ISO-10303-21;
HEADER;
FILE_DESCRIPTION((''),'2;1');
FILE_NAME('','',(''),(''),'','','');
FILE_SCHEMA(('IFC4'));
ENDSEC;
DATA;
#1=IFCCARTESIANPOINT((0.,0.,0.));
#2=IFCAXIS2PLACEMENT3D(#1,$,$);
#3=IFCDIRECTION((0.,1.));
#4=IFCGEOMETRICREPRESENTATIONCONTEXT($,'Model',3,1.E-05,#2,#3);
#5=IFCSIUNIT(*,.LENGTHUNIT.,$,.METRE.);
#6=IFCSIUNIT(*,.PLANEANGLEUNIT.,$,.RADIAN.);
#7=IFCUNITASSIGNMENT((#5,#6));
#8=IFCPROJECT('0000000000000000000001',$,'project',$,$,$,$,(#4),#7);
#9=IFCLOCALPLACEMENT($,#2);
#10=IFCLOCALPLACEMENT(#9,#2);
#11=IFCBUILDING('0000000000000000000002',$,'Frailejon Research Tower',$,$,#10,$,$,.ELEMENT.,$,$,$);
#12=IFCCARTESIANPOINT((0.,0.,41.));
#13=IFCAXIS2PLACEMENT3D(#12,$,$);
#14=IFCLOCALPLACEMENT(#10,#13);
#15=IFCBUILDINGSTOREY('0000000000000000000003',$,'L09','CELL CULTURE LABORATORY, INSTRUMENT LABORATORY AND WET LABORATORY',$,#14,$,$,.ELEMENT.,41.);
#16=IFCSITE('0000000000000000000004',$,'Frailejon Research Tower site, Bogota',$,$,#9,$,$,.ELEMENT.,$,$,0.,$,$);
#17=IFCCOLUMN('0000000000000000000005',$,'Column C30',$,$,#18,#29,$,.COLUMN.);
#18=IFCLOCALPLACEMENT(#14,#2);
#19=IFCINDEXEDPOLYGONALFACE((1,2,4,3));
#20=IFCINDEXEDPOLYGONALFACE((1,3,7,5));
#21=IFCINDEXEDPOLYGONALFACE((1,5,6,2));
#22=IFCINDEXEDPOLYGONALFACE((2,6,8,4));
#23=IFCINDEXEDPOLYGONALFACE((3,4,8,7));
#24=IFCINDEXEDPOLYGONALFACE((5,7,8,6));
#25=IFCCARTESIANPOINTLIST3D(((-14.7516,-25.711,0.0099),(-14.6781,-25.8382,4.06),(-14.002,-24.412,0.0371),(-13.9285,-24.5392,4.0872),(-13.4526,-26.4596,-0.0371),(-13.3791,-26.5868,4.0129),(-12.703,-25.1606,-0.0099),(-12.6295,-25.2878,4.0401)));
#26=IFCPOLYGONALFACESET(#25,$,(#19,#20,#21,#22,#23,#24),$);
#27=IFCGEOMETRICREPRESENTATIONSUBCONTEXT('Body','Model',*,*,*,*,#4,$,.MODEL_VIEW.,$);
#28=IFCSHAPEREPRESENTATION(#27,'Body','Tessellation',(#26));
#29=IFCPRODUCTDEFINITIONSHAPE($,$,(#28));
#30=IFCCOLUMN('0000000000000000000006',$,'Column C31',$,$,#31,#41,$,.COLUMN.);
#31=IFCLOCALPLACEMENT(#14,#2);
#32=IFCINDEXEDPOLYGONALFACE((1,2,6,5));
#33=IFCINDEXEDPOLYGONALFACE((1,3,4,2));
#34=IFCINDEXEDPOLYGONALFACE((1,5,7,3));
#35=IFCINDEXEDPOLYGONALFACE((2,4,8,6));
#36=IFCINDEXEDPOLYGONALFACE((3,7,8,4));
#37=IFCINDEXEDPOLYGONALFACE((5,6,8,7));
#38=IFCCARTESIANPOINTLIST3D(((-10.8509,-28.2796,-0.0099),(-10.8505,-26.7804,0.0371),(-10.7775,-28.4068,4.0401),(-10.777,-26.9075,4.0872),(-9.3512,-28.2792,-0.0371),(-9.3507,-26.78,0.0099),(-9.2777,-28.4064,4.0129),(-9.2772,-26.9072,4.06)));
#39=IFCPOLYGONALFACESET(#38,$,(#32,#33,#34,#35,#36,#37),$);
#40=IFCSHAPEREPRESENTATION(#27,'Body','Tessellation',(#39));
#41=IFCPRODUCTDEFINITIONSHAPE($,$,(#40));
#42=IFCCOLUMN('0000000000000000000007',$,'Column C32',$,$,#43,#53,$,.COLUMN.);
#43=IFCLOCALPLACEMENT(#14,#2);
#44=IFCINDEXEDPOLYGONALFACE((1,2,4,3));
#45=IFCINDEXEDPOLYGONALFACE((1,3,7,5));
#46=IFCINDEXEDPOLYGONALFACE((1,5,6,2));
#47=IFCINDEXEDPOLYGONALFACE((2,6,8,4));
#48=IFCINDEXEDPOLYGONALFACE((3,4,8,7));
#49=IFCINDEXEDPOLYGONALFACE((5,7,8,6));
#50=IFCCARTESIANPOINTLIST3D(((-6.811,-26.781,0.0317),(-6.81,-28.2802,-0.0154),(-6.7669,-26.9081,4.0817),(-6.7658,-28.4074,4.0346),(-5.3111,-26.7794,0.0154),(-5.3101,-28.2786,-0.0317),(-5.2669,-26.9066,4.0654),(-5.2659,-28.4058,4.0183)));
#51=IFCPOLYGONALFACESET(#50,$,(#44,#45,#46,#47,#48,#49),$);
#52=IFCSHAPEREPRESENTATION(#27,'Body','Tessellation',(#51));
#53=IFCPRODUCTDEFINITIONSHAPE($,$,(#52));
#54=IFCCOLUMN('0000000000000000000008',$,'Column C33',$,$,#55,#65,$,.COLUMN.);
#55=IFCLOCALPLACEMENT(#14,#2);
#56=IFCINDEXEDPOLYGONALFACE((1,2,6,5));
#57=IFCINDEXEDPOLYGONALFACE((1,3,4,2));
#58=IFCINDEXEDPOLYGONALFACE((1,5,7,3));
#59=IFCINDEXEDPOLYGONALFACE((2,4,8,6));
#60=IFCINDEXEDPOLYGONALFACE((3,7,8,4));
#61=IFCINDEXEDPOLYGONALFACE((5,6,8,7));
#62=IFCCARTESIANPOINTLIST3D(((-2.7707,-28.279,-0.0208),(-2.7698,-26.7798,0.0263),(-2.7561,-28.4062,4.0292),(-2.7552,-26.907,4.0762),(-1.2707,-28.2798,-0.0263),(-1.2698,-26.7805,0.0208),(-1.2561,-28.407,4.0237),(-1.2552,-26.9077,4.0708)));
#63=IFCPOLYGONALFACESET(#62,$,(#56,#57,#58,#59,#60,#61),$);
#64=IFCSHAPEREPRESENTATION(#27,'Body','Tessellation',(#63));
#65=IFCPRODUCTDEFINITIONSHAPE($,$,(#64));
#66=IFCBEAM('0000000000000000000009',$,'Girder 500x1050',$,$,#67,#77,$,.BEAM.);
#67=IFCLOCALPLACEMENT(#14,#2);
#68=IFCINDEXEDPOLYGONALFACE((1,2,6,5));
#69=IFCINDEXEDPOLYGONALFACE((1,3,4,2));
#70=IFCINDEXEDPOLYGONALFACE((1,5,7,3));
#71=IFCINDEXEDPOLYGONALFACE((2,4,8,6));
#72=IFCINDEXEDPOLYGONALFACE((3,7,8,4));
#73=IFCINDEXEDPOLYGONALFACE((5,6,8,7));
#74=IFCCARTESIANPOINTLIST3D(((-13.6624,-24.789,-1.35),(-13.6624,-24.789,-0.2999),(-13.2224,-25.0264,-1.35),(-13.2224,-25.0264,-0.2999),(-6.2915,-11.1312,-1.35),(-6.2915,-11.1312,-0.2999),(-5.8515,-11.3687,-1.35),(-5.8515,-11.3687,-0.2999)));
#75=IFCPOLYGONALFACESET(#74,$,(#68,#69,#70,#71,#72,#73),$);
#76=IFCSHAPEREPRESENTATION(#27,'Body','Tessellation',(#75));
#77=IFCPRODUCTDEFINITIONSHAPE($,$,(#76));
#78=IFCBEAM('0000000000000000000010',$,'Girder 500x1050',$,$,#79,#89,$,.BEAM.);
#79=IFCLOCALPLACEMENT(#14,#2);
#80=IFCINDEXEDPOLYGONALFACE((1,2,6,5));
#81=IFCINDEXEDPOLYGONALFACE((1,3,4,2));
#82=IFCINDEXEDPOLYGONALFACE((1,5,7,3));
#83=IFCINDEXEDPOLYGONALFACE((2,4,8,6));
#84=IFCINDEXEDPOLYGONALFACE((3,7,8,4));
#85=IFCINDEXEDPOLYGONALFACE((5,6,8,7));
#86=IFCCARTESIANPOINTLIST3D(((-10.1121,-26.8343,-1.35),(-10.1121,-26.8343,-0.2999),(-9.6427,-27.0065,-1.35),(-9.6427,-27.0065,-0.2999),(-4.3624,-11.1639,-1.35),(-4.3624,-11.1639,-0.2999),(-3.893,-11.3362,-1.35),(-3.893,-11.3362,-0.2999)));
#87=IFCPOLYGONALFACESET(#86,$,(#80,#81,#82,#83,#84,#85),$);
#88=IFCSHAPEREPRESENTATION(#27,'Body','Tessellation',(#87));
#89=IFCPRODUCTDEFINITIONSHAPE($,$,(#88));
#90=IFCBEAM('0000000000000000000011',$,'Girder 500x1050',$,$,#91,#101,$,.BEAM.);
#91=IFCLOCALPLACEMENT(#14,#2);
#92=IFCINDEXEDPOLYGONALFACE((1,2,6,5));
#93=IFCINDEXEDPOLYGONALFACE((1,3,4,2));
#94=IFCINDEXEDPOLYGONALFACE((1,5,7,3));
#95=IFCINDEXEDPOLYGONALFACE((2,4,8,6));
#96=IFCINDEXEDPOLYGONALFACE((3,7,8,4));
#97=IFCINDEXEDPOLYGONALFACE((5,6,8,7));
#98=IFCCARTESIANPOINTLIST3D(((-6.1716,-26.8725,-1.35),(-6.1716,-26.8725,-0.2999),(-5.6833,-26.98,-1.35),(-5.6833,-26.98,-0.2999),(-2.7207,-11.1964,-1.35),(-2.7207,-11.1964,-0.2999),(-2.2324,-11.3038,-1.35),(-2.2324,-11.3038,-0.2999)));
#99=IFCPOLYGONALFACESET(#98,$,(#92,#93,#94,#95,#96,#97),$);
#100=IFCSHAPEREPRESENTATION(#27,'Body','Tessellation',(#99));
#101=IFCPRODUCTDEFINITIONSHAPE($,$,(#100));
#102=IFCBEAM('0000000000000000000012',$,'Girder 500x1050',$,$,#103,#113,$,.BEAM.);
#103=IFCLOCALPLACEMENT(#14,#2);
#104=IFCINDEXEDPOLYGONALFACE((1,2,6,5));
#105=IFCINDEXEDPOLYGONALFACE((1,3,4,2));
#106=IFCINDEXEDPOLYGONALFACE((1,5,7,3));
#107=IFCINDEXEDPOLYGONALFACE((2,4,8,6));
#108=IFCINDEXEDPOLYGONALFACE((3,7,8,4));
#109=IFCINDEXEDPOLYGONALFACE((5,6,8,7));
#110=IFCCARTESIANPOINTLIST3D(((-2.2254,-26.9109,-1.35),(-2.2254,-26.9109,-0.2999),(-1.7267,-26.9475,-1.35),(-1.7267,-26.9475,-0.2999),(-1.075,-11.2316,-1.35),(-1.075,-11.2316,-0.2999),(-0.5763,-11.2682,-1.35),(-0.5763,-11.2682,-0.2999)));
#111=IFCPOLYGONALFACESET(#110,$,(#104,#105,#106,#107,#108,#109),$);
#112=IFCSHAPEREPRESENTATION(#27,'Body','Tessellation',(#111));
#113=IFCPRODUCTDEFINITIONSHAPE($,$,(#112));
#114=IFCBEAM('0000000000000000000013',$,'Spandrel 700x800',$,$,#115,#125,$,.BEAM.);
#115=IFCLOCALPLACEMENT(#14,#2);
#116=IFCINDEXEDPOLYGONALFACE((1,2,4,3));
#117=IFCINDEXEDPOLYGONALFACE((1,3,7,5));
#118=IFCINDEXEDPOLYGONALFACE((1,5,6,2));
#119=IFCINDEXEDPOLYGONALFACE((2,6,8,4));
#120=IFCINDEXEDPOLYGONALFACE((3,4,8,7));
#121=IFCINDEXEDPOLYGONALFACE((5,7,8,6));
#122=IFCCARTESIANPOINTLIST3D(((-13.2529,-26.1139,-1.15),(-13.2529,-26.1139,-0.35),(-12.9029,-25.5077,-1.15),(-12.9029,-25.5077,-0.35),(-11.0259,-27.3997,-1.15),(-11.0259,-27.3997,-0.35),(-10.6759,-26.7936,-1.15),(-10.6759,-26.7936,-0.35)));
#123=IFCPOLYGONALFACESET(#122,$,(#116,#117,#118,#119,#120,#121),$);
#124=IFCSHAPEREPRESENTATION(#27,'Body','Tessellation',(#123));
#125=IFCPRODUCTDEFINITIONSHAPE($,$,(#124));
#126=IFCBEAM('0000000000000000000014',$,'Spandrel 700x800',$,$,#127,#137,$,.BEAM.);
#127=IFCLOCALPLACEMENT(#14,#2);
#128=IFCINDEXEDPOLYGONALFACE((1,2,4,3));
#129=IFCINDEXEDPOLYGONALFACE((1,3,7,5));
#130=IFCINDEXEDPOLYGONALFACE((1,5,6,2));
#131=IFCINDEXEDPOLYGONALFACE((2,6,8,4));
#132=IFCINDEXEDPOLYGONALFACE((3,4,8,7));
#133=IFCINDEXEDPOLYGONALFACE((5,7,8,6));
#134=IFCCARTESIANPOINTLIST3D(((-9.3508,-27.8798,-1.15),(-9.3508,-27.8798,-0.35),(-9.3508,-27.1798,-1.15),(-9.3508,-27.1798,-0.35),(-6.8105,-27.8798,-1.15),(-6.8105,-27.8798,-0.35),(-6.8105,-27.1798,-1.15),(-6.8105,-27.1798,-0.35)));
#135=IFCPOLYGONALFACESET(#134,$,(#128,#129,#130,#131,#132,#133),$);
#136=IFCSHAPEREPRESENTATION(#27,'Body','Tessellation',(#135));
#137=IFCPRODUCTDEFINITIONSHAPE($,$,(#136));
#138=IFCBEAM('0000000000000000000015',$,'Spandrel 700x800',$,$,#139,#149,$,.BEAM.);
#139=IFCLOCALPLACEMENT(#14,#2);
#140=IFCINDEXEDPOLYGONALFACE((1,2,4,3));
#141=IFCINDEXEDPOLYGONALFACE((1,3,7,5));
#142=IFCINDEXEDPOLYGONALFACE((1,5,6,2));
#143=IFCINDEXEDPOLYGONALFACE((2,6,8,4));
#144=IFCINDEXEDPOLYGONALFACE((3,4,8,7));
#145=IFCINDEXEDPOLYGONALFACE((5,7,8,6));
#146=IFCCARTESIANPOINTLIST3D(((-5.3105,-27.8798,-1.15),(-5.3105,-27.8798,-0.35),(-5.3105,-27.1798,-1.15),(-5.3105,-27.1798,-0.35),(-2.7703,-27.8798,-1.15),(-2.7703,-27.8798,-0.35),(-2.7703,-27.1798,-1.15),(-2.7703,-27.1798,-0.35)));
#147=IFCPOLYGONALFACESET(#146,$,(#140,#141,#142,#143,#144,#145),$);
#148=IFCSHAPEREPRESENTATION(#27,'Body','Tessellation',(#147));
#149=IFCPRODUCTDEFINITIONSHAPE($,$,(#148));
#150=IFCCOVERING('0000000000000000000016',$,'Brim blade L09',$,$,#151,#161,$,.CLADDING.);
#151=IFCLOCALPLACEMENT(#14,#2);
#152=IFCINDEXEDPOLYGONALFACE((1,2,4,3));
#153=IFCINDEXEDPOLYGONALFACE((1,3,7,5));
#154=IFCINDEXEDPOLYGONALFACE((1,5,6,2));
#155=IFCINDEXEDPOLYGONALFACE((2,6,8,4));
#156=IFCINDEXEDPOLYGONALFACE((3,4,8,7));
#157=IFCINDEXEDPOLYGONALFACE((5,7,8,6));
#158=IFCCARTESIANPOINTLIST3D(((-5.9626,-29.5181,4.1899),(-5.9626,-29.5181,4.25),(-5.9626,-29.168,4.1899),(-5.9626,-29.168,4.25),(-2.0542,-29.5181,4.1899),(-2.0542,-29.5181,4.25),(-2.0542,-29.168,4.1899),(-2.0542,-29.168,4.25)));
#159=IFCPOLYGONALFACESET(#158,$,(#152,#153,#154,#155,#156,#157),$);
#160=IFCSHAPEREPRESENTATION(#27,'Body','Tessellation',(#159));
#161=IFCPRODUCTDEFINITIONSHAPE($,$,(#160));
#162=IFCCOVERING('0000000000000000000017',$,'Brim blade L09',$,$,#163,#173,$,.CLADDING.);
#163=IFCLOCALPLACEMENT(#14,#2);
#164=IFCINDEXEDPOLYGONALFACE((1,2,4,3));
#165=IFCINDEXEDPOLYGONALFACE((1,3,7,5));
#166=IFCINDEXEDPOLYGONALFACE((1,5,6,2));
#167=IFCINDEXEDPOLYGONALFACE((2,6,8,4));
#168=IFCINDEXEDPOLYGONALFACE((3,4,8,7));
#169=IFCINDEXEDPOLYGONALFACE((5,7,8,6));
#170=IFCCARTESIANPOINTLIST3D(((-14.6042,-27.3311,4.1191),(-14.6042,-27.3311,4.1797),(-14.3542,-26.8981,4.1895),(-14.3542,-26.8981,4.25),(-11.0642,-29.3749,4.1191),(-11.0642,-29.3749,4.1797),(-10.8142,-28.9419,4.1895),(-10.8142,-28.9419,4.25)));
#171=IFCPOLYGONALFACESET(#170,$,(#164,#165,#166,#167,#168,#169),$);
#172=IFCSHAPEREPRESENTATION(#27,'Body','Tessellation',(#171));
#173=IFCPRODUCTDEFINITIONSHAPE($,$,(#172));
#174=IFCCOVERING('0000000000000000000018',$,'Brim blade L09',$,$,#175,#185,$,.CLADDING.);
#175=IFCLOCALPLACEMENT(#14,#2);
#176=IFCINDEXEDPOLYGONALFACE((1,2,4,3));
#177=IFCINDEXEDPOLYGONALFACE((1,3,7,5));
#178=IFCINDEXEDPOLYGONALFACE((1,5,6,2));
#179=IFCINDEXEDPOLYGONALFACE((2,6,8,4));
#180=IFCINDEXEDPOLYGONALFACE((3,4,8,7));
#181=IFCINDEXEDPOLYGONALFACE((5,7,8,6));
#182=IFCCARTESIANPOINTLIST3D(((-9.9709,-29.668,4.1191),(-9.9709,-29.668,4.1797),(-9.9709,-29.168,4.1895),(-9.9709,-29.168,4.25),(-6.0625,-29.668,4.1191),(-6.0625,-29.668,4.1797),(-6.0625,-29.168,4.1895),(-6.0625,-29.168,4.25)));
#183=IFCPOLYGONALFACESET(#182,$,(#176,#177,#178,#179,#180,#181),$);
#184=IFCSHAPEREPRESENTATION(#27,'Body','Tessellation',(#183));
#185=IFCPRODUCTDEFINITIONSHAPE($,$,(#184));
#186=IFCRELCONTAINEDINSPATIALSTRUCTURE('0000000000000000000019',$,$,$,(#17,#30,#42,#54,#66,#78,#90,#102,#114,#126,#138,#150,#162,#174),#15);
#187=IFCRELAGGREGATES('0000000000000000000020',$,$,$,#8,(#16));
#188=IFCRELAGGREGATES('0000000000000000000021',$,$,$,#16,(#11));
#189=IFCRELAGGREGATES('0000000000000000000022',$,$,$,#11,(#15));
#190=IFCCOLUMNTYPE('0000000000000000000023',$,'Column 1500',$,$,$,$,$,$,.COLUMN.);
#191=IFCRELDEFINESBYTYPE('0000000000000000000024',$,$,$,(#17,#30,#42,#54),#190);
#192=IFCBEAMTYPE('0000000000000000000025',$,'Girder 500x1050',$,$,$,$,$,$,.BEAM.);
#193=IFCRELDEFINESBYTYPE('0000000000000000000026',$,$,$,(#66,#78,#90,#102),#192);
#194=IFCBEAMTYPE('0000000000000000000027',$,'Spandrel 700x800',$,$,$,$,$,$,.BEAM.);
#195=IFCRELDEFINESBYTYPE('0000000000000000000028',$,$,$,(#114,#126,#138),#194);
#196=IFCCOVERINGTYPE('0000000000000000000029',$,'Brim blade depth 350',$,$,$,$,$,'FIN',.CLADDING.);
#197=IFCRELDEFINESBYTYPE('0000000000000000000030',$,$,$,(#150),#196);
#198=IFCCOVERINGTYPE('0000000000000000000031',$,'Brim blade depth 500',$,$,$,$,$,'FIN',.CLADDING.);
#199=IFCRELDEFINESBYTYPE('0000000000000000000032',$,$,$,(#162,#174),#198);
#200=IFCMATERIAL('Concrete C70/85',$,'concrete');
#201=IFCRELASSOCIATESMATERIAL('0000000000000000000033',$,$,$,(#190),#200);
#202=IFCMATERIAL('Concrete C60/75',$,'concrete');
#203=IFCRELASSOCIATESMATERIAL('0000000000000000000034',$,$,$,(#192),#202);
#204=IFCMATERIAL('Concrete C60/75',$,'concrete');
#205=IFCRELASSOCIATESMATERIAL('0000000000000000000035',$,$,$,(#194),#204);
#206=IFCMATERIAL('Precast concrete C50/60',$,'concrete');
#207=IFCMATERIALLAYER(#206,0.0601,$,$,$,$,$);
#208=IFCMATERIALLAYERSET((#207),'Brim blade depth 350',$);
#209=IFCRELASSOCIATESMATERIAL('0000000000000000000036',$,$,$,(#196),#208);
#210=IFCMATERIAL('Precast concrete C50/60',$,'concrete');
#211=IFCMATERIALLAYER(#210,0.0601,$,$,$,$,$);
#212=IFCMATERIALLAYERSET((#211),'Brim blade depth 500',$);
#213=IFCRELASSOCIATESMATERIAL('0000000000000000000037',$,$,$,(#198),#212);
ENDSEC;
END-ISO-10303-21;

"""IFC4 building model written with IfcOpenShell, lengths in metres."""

from ifc_helpers import new_model, si_unit, direction, frame, origin, origin_2d, place, context, subcontext, project, spatial, polyline, rectangle, outline, extrude, material, layer, layer_set, material_profile, profile_set, type_object, element, save


model = new_model("IFC4")

# Units and contexts
model_context = context("Model", 3, precision=1e-05, world=origin(), true_north=direction((0.0, 1.0)))
body_context = subcontext(model_context, "Body", "Model", "MODEL_VIEW")
ifc_project = project(units=[si_unit("LENGTHUNIT", "METRE"), si_unit("PLANEANGLEUNIT", "RADIAN")], contexts=[model_context])

# Site, building, storey
site_placement = place(None, origin())
site = spatial("IfcSite", under=ifc_project, at=site_placement, Name="Frailejon Research Tower site, Bogota", CompositionType="ELEMENT", RefElevation=0.0)
building_placement = place(site_placement, origin())
building = spatial("IfcBuilding", under=site, at=building_placement, Name="Frailejon Research Tower", CompositionType="ELEMENT")
storey_placement = place(building_placement, frame((0.0, 0.0, 41.0)))
storey = spatial("IfcBuildingStorey", under=building, at=storey_placement, Name="L09", Description="CELL CULTURE LABORATORY, INSTRUMENT LABORATORY AND WET LABORATORY", CompositionType="ELEMENT", Elevation=41.0)

# Columns
ifc_material_1 = material(Name="Concrete C70/85", Category="concrete")
ifc_material_profile_1 = material_profile(ifc_material_1, rectangle(XDim=1.5, YDim=1.5, at=origin_2d()), Name="Column 1500")
ifc_profile_set_1 = profile_set([ifc_material_profile_1], Name="Concrete C70/85")
column_type = type_object("IfcColumnType", Name="Column 1500", PredefinedType="COLUMN", material=ifc_profile_set_1)
for number, where, z_axis, x_axis, name in (
    (1, (-13.7273, -25.4358, 0.0), (0.018133, -0.031386, 0.999343), (0.865999, -0.499059, -0.031387), "Column C30"),
    (2, (-10.1008, -27.5298, 0.0), (0.018133, -0.031386, 0.999343), (0.999836, 0.000261, -0.018133), "Column C31"),
):
    element("IfcColumn", number, at=place(storey_placement, frame(where, z_axis=z_axis, x_axis=x_axis)), inside=storey, type_object=column_type, Name=name, PredefinedType="COLUMN", context=body_context, shape_type="SweptSolid", body=[
        extrude(rectangle(XDim=1.5, YDim=1.5, at=origin_2d()), origin(), (0.0, 0.0, 1.0), 4.0527),
    ])
column_1_placement = place(storey_placement, frame((-6.0605, -27.5298, 0.0), z_axis=(0.010905, -0.031389, 0.999448), x_axis=(0.99994, 0.001064, -0.010877)))
element("IfcColumn", 3, at=column_1_placement, inside=storey, type_object=column_type, Name="Column C32", PredefinedType="COLUMN", context=body_context, shape_type="SweptSolid", body=[
    extrude(rectangle(XDim=1.5, YDim=1.5, at=origin_2d()), origin(), (0.0, 0.0, 1.0), 4.0522),
])
column_2_placement = place(storey_placement, frame((-2.0203, -27.5298, 0.0), z_axis=(0.003615, -0.031391, 0.999501), x_axis=(0.999993, -0.000489, -0.003632)))
element("IfcColumn", 4, at=column_2_placement, inside=storey, type_object=column_type, Name="Column C33", PredefinedType="COLUMN", context=body_context, shape_type="SweptSolid", body=[
    extrude(rectangle(XDim=1.5, YDim=1.5, at=origin_2d()), origin(), (0.0, 0.0, 1.0), 4.052),
])

# Beams
ifc_material_2 = material(Name="Concrete C60/75", Category="concrete")
ifc_material_profile_2 = material_profile(ifc_material_2, rectangle(XDim=0.5, YDim=1.05, at=origin_2d()), Name="Girder 500x1050")
ifc_profile_set_2 = profile_set([ifc_material_profile_2], Name="Concrete C60/75")
beam_type_1 = type_object("IfcBeamType", Name="Girder 500x1050", PredefinedType="BEAM", material=ifc_profile_set_2)
beam_1_placement = place(storey_placement, frame((-13.4424, -24.9077, -0.825), z_axis=(0.474934, 0.880022, 0.0), x_axis=(-0.880022, 0.474934, 0.0)))
element("IfcBeam", 5, at=beam_1_placement, inside=storey, type_object=beam_type_1, Name="Girder 500x1050", PredefinedType="BEAM", context=body_context, shape_type="SweptSolid", body=[
    extrude(rectangle(XDim=0.5, YDim=1.05, at=origin_2d()), origin(), (0.0, 0.0, 1.0), 15.5198),
])
beam_2_placement = place(storey_placement, frame((-9.8774, -26.9204, -0.825), z_axis=(0.344463, 0.9388, 0.0), x_axis=(-0.9388, 0.344463, 0.0)))
element("IfcBeam", 6, at=beam_2_placement, inside=storey, type_object=beam_type_1, Name="Girder 500x1050", PredefinedType="BEAM", context=body_context, shape_type="SweptSolid", body=[
    extrude(rectangle(XDim=0.5, YDim=1.05, at=origin_2d()), origin(), (0.0, 0.0, 1.0), 16.6919),
])
beam_3_placement = place(storey_placement, frame((-5.9275, -26.9263, -0.825), z_axis=(0.214989, 0.976616, 0.0), x_axis=(-0.976616, 0.214989, 0.0)))
element("IfcBeam", 7, at=beam_3_placement, inside=storey, type_object=beam_type_1, Name="Girder 500x1050", PredefinedType="BEAM", context=body_context, shape_type="SweptSolid", body=[
    extrude(rectangle(XDim=0.5, YDim=1.05, at=origin_2d()), origin(), (0.0, 0.0, 1.0), 16.0515),
])
beam_4_placement = place(storey_placement, frame((-1.9761, -26.9292, -0.825), z_axis=(0.073174, 0.997319, 0.0), x_axis=(-0.997319, 0.073174, 0.0)))
element("IfcBeam", 8, at=beam_4_placement, inside=storey, type_object=beam_type_1, Name="Girder 500x1050", PredefinedType="BEAM", context=body_context, shape_type="SweptSolid", body=[
    extrude(rectangle(XDim=0.5, YDim=1.05, at=origin_2d()), origin(), (0.0, 0.0, 1.0), 15.7214),
])
ifc_material_3 = material(Name="Concrete C60/75", Category="concrete")
ifc_material_profile_3 = material_profile(ifc_material_3, rectangle(XDim=0.7, YDim=0.8, at=origin_2d()), Name="Spandrel 700x800")
ifc_profile_set_3 = profile_set([ifc_material_profile_3], Name="Concrete C60/75")
beam_type_2 = type_object("IfcBeamType", Name="Spandrel 700x800", PredefinedType="BEAM", material=ifc_profile_set_3)
beam_5_placement = place(storey_placement, frame((-13.0779, -25.8108, -0.75), z_axis=(0.866009, -0.500029, 0.0), x_axis=(0.500029, 0.866009, 0.0)))
element("IfcBeam", 9, at=beam_5_placement, inside=storey, type_object=beam_type_2, Name="Spandrel 700x800", PredefinedType="BEAM", context=body_context, shape_type="SweptSolid", body=[
    extrude(rectangle(XDim=0.7, YDim=0.8, at=origin_2d()), origin(), (0.0, 0.0, 1.0), 2.5715),
])
for number, where, z_axis, x_axis, name in (
    (10, (-9.3508, -27.5298, -0.75), (1.0, 0.0, 0.0), (0.0, 1.0, 0.0), "Spandrel 700x800"),
    (11, (-5.3105, -27.5298, -0.75), (1.0, 0.0, 0.0), (0.0, 1.0, 0.0), "Spandrel 700x800"),
):
    element("IfcBeam", number, at=place(storey_placement, frame(where, z_axis=z_axis, x_axis=x_axis)), inside=storey, type_object=beam_type_2, Name=name, PredefinedType="BEAM", context=body_context, shape_type="SweptSolid", body=[
        extrude(rectangle(XDim=0.7, YDim=0.8, at=origin_2d()), origin(), (0.0, 0.0, 1.0), 2.5403),
    ])

# Coverings
ifc_material_4 = material(Name="Precast concrete C50/60", Category="concrete")
ifc_layer_1 = layer(ifc_material_4, 0.0601)
ifc_layer_set_1 = layer_set([ifc_layer_1], Name="Brim blade depth 350")
covering_type_1 = type_object("IfcCoveringType", Name="Brim blade depth 350", ElementType="FIN", PredefinedType="CLADDING", material=ifc_layer_set_1)
covering_1_placement = place(storey_placement, frame((-2.0542, -29.168, 4.25), z_axis=(-1.0, 0.0, 0.0), x_axis=(0.0, -1.0, 0.0)))
element("IfcCovering", 12, at=covering_1_placement, inside=storey, type_object=covering_type_1, Name="Brim blade L09", PredefinedType="CLADDING", context=body_context, shape_type="SweptSolid", body=[
    extrude(outline(polyline([(0.0, -0.0601), (0.3501, -0.0601), (0.3501, 0.0), (0.0, 0.0), (0.0, -0.0601)])), origin(), (0.0, 0.0, 1.0), 3.9084),
])
ifc_material_5 = material(Name="Precast concrete C50/60", Category="concrete")
ifc_layer_2 = layer(ifc_material_5, 0.0601)
ifc_layer_set_2 = layer_set([ifc_layer_2], Name="Brim blade depth 500")
covering_type_2 = type_object("IfcCoveringType", Name="Brim blade depth 500", ElementType="FIN", PredefinedType="CLADDING", material=ifc_layer_set_2)
covering_2_placement = place(storey_placement, frame((-10.8142, -28.9419, 4.25), z_axis=(-0.866027, 0.499997, 0.0), x_axis=(-0.499997, -0.866027, 0.0)))
element("IfcCovering", 13, at=covering_2_placement, inside=storey, type_object=covering_type_2, Name="Brim blade L09", PredefinedType="CLADDING", context=body_context, shape_type="SweptSolid", body=[
    extrude(outline(polyline([(0.0, -0.0605), (0.5, -0.1309), (0.5, -0.0703), (0.0, 0.0), (0.0, -0.0605)])), origin(), (0.0, 0.0, 1.0), 4.0876),
])
covering_3_placement = place(storey_placement, frame((-6.0625, -29.168, 4.25), z_axis=(-1.0, 0.0, 0.0), x_axis=(0.0, -1.0, 0.0)))
element("IfcCovering", 14, at=covering_3_placement, inside=storey, type_object=covering_type_2, Name="Brim blade L09", PredefinedType="CLADDING", context=body_context, shape_type="SweptSolid", body=[
    extrude(outline(polyline([(0.0, -0.0605), (0.5, -0.1309), (0.5, -0.0703), (0.0, 0.0), (0.0, -0.0605)])), origin(), (0.0, 0.0, 1.0), 3.9084),
])

save(model, "model.ifc")
